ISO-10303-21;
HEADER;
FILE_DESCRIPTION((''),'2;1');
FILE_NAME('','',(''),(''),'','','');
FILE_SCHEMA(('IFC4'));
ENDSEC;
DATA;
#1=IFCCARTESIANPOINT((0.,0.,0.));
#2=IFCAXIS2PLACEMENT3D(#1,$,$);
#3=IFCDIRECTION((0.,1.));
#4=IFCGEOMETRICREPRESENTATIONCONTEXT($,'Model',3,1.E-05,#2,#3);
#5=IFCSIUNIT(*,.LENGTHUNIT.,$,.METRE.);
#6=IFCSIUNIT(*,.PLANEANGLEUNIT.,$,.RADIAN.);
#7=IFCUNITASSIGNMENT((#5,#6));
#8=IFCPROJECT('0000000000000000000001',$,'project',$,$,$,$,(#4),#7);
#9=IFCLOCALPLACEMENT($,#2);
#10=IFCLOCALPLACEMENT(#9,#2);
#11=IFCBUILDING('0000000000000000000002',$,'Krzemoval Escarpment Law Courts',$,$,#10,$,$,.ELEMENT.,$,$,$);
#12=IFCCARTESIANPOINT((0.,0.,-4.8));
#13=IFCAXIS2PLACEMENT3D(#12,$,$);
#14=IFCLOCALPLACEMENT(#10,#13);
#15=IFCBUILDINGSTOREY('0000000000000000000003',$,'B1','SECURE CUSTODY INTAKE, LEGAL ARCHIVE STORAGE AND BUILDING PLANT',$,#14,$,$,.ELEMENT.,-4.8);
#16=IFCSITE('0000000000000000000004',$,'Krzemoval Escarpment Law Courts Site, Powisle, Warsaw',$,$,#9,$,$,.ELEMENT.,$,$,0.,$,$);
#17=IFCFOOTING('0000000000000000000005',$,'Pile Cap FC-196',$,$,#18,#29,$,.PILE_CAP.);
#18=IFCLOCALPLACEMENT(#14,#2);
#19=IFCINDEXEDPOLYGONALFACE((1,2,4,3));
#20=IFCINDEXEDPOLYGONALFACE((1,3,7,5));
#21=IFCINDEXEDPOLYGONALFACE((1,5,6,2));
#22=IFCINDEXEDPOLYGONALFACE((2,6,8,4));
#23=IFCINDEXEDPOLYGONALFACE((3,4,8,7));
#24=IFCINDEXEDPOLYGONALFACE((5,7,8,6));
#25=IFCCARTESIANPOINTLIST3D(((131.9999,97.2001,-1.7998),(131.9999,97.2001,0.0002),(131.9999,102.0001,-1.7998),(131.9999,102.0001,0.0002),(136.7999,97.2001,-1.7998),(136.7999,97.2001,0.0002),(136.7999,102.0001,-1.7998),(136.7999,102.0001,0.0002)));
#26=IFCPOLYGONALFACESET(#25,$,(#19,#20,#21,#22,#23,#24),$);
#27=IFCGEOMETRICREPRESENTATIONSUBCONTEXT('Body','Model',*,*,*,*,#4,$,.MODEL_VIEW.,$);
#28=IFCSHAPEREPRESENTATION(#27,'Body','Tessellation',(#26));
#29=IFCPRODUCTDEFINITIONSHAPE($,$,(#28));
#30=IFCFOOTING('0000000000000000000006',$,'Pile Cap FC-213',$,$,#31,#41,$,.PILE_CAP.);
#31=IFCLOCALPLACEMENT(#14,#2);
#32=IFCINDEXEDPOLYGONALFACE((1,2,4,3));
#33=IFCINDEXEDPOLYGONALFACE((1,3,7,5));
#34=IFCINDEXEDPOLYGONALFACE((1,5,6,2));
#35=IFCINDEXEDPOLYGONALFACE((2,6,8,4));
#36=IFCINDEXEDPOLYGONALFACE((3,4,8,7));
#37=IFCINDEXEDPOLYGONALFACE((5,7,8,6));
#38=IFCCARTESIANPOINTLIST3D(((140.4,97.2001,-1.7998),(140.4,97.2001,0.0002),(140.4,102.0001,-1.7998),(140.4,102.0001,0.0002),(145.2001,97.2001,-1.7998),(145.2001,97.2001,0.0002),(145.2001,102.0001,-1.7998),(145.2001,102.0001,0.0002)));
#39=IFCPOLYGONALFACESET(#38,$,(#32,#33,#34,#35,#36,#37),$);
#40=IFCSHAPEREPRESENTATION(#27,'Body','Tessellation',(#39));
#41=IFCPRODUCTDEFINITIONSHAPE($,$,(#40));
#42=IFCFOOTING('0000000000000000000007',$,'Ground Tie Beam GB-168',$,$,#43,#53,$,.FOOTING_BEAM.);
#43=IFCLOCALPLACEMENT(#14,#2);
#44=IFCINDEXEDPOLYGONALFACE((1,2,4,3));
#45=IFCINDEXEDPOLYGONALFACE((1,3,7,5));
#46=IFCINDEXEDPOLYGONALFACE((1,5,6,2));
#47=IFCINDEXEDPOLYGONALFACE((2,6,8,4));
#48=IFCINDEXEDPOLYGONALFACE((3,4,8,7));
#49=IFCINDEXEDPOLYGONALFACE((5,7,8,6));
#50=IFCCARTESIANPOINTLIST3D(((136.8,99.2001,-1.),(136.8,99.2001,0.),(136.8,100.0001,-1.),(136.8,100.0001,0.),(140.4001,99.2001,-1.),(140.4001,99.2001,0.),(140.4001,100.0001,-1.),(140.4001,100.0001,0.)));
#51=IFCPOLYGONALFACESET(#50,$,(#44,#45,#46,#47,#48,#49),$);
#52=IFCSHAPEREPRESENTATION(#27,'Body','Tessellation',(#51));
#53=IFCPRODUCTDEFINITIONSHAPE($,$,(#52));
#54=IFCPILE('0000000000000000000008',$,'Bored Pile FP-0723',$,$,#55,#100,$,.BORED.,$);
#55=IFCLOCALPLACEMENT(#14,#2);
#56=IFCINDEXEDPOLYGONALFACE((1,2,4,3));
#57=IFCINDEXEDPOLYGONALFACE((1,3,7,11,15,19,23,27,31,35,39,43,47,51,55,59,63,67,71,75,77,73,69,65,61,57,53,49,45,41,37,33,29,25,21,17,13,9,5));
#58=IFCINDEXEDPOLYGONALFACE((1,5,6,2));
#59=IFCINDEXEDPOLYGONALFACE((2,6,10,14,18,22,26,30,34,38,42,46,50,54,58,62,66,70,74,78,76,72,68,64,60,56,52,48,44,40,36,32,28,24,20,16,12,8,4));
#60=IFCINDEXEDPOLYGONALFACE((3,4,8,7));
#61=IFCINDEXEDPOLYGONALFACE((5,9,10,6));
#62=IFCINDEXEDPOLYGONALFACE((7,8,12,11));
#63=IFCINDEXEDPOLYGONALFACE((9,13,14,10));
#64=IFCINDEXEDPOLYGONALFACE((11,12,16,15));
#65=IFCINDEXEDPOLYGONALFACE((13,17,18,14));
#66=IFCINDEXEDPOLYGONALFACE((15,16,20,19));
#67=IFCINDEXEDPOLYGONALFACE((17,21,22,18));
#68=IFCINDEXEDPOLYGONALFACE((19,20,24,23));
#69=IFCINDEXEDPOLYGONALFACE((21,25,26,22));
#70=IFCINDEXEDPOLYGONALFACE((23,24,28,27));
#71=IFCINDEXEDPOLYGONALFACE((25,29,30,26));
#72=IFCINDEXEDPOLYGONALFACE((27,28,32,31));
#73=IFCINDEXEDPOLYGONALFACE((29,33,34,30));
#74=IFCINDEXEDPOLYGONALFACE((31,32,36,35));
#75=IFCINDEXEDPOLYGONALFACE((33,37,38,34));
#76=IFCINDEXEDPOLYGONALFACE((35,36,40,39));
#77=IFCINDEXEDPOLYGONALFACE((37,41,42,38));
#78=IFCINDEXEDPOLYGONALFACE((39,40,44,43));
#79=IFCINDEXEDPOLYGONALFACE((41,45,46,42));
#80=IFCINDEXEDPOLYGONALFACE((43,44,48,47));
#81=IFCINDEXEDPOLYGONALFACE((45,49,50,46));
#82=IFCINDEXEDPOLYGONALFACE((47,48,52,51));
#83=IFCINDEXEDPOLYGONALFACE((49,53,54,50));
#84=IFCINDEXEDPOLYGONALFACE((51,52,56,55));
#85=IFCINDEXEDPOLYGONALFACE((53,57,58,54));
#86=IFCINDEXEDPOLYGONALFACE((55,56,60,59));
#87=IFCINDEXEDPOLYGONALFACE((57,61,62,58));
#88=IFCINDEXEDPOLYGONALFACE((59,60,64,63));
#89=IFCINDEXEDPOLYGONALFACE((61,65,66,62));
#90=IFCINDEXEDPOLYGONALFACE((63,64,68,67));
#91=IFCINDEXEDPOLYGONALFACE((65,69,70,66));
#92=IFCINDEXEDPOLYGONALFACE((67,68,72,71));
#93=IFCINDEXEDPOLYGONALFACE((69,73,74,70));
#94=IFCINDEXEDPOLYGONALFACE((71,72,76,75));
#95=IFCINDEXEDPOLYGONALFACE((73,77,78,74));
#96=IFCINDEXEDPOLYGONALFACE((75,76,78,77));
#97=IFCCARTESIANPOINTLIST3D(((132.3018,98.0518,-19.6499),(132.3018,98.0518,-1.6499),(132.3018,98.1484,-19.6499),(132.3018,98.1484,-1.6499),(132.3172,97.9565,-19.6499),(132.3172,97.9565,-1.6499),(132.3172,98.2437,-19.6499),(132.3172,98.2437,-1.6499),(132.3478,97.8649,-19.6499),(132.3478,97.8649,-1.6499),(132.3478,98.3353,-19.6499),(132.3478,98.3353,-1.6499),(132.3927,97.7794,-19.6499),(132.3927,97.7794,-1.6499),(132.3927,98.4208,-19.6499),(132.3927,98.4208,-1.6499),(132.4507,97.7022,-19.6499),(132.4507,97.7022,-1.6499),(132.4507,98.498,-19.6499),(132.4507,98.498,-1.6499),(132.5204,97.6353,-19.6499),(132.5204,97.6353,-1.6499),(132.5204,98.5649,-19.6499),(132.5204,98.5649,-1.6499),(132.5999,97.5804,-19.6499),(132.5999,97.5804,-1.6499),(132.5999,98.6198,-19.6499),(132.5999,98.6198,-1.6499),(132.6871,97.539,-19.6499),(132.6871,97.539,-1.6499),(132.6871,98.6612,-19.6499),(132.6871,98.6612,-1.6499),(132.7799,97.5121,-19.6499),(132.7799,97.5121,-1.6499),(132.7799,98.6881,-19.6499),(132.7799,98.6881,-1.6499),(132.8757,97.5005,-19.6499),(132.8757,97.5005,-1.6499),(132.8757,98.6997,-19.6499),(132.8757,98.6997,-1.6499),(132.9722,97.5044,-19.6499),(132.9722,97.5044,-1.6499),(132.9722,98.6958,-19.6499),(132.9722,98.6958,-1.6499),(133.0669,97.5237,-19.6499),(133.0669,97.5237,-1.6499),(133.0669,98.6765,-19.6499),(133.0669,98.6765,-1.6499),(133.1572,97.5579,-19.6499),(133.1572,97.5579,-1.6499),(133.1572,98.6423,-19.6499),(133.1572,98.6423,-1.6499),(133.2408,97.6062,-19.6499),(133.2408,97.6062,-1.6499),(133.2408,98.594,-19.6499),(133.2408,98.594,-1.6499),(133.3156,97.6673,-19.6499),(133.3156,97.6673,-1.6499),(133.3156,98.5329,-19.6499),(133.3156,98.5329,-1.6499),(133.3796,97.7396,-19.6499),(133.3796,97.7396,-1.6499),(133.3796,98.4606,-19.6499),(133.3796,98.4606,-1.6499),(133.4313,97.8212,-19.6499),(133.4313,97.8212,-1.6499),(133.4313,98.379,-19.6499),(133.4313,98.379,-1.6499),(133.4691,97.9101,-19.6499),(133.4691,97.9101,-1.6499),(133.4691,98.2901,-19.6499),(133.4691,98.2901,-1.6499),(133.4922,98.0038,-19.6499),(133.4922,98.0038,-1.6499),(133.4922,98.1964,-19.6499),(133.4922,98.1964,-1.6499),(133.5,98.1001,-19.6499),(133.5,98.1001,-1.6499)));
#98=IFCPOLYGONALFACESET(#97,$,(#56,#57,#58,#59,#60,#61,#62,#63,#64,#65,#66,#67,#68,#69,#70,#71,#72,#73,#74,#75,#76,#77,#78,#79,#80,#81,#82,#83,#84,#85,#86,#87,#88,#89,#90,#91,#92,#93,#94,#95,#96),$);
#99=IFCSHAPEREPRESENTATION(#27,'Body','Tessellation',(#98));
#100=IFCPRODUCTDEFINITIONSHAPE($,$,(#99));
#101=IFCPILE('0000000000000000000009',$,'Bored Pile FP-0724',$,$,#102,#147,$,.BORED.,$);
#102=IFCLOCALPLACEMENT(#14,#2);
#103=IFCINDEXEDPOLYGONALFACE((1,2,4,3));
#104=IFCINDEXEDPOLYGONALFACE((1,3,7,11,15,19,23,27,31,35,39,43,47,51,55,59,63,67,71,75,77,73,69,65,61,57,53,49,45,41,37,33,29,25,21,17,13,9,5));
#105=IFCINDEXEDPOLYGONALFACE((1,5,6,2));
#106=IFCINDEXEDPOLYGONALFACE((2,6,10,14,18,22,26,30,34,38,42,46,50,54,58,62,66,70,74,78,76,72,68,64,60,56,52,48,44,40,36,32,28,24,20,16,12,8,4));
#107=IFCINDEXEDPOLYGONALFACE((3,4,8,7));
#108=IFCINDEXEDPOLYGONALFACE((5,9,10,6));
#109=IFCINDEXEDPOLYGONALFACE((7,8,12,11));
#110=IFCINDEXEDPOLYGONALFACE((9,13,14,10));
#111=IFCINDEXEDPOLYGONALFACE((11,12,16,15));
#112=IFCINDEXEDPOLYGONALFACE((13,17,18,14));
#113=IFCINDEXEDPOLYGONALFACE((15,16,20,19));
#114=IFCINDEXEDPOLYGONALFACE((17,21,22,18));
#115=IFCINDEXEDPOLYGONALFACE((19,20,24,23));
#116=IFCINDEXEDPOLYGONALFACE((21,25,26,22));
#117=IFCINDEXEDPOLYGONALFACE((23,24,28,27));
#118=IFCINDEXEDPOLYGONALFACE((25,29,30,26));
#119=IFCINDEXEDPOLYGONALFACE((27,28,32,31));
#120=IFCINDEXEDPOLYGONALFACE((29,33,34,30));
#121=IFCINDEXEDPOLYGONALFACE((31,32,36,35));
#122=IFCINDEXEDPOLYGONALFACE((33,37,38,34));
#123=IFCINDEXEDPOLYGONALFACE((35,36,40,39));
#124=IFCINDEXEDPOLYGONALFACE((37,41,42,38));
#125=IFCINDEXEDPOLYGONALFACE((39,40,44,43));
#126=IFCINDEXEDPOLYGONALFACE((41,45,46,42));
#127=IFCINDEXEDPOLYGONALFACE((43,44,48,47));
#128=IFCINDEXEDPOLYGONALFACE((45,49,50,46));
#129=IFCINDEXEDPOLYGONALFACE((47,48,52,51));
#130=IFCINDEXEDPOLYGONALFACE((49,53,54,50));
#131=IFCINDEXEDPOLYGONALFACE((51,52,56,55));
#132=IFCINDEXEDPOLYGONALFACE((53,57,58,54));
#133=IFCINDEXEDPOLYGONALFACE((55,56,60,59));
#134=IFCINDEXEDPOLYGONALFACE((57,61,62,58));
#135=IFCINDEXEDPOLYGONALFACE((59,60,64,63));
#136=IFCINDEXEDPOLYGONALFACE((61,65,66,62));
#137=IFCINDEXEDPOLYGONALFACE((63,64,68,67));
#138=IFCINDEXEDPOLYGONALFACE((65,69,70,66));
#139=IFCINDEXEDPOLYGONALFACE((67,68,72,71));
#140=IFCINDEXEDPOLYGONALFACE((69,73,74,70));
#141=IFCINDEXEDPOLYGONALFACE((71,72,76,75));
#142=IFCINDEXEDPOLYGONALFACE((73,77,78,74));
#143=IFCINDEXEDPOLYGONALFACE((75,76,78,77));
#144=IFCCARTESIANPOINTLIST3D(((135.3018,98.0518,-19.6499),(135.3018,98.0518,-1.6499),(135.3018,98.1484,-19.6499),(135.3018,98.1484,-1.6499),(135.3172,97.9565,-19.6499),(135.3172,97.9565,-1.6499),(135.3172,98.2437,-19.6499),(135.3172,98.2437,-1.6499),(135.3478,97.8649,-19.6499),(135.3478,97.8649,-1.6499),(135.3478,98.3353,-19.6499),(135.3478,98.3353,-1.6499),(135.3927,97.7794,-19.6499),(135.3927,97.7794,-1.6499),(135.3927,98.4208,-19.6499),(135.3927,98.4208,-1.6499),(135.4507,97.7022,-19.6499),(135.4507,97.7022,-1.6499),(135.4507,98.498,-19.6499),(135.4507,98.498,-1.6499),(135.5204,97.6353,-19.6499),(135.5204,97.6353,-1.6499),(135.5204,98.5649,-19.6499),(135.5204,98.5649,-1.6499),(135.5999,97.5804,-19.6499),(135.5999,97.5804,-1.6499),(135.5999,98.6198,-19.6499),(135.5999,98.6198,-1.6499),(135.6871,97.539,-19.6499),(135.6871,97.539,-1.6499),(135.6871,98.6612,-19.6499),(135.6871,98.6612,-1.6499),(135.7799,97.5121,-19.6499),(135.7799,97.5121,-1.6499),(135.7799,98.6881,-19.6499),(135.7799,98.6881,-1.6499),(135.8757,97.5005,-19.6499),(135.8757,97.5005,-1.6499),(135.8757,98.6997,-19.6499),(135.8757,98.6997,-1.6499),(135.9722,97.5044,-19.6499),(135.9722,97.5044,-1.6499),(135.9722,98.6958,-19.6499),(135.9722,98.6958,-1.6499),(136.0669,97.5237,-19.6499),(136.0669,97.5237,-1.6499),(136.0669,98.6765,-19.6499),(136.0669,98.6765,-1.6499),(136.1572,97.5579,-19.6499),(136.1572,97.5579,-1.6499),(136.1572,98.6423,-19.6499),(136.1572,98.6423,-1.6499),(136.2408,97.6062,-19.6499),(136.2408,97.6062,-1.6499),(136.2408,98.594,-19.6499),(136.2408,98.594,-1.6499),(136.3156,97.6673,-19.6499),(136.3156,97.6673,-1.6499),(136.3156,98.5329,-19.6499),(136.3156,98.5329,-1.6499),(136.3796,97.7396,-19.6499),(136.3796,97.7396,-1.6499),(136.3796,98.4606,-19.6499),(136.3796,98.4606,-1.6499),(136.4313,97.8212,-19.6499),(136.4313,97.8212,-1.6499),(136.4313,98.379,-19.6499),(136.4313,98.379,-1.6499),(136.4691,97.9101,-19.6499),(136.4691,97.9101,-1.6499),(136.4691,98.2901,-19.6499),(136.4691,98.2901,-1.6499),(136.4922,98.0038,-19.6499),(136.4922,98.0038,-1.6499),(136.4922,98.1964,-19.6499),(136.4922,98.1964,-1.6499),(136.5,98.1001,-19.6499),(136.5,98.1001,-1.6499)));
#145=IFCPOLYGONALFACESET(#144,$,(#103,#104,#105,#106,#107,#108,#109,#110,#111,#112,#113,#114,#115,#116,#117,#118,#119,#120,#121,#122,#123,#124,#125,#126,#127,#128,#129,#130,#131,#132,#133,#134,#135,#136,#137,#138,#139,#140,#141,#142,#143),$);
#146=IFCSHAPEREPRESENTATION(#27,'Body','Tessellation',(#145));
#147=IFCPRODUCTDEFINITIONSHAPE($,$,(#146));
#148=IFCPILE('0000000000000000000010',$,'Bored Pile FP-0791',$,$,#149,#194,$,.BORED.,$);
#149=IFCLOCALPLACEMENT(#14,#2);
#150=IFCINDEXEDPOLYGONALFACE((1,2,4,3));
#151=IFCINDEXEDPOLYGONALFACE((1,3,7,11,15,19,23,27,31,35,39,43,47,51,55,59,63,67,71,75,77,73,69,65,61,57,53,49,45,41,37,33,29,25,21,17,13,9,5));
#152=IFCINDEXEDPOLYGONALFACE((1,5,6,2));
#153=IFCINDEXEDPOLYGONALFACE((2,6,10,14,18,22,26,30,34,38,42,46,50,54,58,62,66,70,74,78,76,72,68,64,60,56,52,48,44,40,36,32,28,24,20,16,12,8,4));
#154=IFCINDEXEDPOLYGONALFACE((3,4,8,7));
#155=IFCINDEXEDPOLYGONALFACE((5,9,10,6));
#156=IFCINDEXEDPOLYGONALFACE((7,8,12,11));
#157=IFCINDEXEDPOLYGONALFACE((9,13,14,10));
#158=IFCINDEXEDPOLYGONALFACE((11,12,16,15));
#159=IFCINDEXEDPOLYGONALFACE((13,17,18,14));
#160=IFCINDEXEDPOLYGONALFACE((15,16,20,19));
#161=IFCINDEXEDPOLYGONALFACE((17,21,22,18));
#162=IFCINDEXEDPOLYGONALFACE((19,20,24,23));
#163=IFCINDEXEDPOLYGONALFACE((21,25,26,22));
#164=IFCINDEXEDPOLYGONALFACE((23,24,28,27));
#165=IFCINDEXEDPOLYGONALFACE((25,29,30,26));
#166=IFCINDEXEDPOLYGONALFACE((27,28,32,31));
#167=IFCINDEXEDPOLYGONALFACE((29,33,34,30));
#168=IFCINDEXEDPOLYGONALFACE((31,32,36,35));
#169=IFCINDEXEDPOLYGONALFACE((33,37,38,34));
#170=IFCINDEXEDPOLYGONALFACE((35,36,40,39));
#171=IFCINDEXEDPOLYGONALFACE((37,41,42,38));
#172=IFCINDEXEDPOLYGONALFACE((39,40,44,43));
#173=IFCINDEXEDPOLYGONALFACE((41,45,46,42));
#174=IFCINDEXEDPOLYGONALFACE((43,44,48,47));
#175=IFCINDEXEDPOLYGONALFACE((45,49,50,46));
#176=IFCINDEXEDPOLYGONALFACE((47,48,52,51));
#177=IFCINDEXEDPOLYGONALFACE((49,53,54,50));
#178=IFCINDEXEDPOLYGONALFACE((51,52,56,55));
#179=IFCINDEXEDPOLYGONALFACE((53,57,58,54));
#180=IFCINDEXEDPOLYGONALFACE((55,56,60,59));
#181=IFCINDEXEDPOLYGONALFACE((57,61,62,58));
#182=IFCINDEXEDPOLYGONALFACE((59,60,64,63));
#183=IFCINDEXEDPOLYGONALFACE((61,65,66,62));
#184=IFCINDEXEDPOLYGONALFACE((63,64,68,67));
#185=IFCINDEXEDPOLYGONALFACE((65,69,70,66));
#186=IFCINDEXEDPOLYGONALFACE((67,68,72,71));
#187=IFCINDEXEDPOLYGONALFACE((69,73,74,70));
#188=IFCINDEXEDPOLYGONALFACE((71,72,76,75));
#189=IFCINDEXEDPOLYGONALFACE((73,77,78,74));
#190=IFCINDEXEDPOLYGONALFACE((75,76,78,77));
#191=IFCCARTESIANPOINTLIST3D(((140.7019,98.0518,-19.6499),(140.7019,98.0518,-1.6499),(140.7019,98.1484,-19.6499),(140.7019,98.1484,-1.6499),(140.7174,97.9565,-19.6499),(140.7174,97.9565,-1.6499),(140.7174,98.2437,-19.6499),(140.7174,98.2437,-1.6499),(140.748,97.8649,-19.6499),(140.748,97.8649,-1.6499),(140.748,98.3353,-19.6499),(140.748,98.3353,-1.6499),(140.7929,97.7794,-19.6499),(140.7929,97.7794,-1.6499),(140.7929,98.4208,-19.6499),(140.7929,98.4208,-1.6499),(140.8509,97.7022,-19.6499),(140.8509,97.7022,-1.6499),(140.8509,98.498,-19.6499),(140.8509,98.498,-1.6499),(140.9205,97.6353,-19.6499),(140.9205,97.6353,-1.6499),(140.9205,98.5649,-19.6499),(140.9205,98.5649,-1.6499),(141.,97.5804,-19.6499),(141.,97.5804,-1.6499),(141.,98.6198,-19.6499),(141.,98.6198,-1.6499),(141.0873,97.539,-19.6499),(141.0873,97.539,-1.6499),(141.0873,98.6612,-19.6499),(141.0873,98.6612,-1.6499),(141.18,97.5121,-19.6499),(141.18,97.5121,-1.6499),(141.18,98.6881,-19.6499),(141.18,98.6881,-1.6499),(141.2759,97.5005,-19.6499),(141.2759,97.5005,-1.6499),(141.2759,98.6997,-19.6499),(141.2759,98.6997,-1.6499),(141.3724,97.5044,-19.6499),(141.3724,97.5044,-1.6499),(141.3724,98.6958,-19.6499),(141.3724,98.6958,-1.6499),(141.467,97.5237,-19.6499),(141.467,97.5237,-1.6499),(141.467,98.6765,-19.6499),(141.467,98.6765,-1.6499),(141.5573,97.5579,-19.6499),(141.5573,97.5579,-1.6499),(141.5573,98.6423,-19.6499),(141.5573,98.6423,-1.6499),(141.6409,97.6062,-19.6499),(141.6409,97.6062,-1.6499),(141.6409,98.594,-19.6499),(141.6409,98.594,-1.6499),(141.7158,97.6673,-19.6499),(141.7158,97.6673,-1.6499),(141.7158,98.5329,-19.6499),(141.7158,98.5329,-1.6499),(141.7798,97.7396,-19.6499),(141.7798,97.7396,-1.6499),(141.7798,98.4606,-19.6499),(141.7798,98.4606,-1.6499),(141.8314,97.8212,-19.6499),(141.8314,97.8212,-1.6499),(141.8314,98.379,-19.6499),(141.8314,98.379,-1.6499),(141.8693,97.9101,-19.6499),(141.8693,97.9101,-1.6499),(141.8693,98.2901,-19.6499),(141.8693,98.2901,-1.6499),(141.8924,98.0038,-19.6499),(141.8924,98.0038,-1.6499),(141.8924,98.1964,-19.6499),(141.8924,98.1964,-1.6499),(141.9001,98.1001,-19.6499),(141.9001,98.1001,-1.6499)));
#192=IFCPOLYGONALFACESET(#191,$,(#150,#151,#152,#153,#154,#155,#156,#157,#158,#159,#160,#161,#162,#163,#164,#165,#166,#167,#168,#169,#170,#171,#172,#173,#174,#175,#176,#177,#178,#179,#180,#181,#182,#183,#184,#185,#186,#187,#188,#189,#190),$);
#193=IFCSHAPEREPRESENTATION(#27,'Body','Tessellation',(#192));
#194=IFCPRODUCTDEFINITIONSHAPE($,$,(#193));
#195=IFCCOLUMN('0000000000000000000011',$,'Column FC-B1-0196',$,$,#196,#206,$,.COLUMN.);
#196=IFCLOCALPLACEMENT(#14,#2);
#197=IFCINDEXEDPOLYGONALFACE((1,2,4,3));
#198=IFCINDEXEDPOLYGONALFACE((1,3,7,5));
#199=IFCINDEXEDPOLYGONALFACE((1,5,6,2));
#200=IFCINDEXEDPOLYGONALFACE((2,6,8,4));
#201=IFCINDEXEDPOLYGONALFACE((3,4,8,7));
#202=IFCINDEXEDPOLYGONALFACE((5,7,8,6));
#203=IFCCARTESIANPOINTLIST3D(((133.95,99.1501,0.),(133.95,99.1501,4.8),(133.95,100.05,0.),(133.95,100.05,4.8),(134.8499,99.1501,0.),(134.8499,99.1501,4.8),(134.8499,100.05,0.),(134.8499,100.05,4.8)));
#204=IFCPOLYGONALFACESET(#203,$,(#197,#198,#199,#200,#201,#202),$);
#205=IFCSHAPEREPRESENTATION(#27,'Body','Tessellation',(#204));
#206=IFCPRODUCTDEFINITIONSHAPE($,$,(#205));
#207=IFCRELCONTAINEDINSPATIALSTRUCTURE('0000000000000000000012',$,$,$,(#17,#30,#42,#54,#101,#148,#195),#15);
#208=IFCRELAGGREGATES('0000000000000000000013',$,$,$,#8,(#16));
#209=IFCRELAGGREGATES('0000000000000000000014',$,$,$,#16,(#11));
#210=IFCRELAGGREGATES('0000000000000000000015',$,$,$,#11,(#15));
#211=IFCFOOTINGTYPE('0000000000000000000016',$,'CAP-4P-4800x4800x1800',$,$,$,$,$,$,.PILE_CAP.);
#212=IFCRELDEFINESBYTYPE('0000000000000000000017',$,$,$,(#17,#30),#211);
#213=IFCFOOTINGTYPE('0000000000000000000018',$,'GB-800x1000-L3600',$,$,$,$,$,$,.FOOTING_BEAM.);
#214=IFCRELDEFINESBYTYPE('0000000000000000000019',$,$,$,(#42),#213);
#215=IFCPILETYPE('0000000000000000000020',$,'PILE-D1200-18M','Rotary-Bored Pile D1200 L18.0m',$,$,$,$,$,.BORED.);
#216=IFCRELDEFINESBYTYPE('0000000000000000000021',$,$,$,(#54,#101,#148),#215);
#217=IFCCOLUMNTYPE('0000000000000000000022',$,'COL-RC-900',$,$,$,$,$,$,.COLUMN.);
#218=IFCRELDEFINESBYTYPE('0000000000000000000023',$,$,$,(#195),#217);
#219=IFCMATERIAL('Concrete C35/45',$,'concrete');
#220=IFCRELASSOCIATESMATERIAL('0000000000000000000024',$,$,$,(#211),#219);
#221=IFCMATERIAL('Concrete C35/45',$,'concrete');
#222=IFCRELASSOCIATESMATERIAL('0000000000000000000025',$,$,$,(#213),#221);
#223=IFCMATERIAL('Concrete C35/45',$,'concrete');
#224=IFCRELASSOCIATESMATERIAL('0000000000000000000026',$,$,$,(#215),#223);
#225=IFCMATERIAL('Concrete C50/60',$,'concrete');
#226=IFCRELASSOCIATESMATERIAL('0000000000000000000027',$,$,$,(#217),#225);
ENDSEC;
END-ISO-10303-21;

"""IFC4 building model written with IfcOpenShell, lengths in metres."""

from ifc_helpers import new_model, si_unit, direction, frame, origin, origin_2d, place, context, subcontext, project, spatial, rectangle, circle, extrude, material, material_profile, profile_set, type_object, element, save


model = new_model("IFC4")

# Units and contexts
model_context = context("Model", 3, precision=1e-05, world=origin(), true_north=direction((0.0, 1.0)))
body_context = subcontext(model_context, "Body", "Model", "MODEL_VIEW")
ifc_project = project(units=[si_unit("LENGTHUNIT", "METRE"), si_unit("PLANEANGLEUNIT", "RADIAN")], contexts=[model_context])

# Site, building, storey
site_placement = place(None, origin())
site = spatial("IfcSite", under=ifc_project, at=site_placement, Name="Krzemoval Escarpment Law Courts Site, Powisle, Warsaw", CompositionType="ELEMENT", RefElevation=0.0)
building_placement = place(site_placement, origin())
building = spatial("IfcBuilding", under=site, at=building_placement, Name="Krzemoval Escarpment Law Courts", CompositionType="ELEMENT")
storey_placement = place(building_placement, frame((0.0, 0.0, -4.8)))
storey = spatial("IfcBuildingStorey", under=building, at=storey_placement, Name="B1", Description="SECURE CUSTODY INTAKE, LEGAL ARCHIVE STORAGE AND BUILDING PLANT", CompositionType="ELEMENT", Elevation=-4.8)

# Footings
ifc_material_1 = material(Name="Concrete C35/45", Category="concrete")
footing_type_1 = type_object("IfcFootingType", Name="CAP-4P-4800x4800x1800", PredefinedType="PILE_CAP", material=ifc_material_1)
for number, where, z_axis, x_axis, name in (
    (1, (134.3999, 99.6001, -1.7998), (0.0, 0.0, 1.0), (1.0, 0.0, 0.0), "Pile Cap FC-196"),
    (2, (142.8, 99.6001, -1.7998), (0.0, 0.0, 1.0), (1.0, 0.0, 0.0), "Pile Cap FC-213"),
):
    element("IfcFooting", number, at=place(storey_placement, frame(where, z_axis=z_axis, x_axis=x_axis)), inside=storey, type_object=footing_type_1, Name=name, PredefinedType="PILE_CAP", context=body_context, shape_type="SweptSolid", body=[
        extrude(rectangle(XDim=4.8, YDim=4.8, at=origin_2d()), origin(), (0.0, 0.0, 1.0), 1.8),
    ])
ifc_material_2 = material(Name="Concrete C35/45", Category="concrete")
footing_type_2 = type_object("IfcFootingType", Name="GB-800x1000-L3600", PredefinedType="FOOTING_BEAM", material=ifc_material_2)
footing_placement = place(storey_placement, frame((138.6001, 99.6001, -1.0), z_axis=(0.0, 0.0, 1.0), x_axis=(1.0, 0.0, 0.0)))
element("IfcFooting", 3, at=footing_placement, inside=storey, type_object=footing_type_2, Name="Ground Tie Beam GB-168", PredefinedType="FOOTING_BEAM", context=body_context, shape_type="SweptSolid", body=[
    extrude(rectangle(XDim=3.6001, YDim=0.8, at=origin_2d()), origin(), (0.0, 0.0, 1.0), 1.0),
])

# Piles
ifc_material_3 = material(Name="Concrete C35/45", Category="concrete")
ifc_material_profile_1 = material_profile(ifc_material_3, circle(Radius=0.6001, at=origin_2d()), Name="PILE D1200")
ifc_profile_set_1 = profile_set([ifc_material_profile_1], Name="Concrete C35/45")
pile_type = type_object("IfcPileType", Name="PILE-D1200-18M", Description="Rotary-Bored Pile D1200 L18.0m", PredefinedType="BORED", material=ifc_profile_set_1)
for number, where, z_axis, x_axis, name in (
    (4, (132.8999, 98.1001, -1.6499), (0.0, 0.0, -1.0), (1.0, 0.0, 0.0), "Bored Pile FP-0723"),
    (5, (135.8999, 98.1001, -1.6499), (0.0, 0.0, -1.0), (1.0, 0.0, 0.0), "Bored Pile FP-0724"),
    (6, (141.3, 98.1001, -1.6499), (0.0, 0.0, -1.0), (1.0, 0.0, 0.0), "Bored Pile FP-0791"),
):
    element("IfcPile", number, at=place(storey_placement, frame(where, z_axis=z_axis, x_axis=x_axis)), inside=storey, type_object=pile_type, Name=name, PredefinedType="BORED", context=body_context, shape_type="SweptSolid", body=[
        extrude(circle(Radius=0.6001, at=origin_2d()), origin(), (0.0, 0.0, 1.0), 18.0),
    ])

# Column
ifc_material_4 = material(Name="Concrete C50/60", Category="concrete")
ifc_material_profile_2 = material_profile(ifc_material_4, rectangle(XDim=0.8999, YDim=0.8999, at=origin_2d()), Name="RC 900x900")
ifc_profile_set_2 = profile_set([ifc_material_profile_2], Name="Concrete C50/60")
column_type_1 = type_object("IfcColumnType", Name="COL-RC-900", PredefinedType="COLUMN", material=ifc_profile_set_2)
column_1_placement = place(storey_placement, frame((134.3999, 99.6001, 0.0), z_axis=(0.0, 0.0, 1.0), x_axis=(1.0, 0.0, 0.0)))
element("IfcColumn", 7, at=column_1_placement, inside=storey, type_object=column_type_1, Name="Column FC-B1-0196", PredefinedType="COLUMN", context=body_context, shape_type="SweptSolid", body=[
    extrude(rectangle(XDim=0.8999, YDim=0.8999, at=origin_2d()), origin(), (0.0, 0.0, 1.0), 4.8),
])

save(model, "model.ifc")
